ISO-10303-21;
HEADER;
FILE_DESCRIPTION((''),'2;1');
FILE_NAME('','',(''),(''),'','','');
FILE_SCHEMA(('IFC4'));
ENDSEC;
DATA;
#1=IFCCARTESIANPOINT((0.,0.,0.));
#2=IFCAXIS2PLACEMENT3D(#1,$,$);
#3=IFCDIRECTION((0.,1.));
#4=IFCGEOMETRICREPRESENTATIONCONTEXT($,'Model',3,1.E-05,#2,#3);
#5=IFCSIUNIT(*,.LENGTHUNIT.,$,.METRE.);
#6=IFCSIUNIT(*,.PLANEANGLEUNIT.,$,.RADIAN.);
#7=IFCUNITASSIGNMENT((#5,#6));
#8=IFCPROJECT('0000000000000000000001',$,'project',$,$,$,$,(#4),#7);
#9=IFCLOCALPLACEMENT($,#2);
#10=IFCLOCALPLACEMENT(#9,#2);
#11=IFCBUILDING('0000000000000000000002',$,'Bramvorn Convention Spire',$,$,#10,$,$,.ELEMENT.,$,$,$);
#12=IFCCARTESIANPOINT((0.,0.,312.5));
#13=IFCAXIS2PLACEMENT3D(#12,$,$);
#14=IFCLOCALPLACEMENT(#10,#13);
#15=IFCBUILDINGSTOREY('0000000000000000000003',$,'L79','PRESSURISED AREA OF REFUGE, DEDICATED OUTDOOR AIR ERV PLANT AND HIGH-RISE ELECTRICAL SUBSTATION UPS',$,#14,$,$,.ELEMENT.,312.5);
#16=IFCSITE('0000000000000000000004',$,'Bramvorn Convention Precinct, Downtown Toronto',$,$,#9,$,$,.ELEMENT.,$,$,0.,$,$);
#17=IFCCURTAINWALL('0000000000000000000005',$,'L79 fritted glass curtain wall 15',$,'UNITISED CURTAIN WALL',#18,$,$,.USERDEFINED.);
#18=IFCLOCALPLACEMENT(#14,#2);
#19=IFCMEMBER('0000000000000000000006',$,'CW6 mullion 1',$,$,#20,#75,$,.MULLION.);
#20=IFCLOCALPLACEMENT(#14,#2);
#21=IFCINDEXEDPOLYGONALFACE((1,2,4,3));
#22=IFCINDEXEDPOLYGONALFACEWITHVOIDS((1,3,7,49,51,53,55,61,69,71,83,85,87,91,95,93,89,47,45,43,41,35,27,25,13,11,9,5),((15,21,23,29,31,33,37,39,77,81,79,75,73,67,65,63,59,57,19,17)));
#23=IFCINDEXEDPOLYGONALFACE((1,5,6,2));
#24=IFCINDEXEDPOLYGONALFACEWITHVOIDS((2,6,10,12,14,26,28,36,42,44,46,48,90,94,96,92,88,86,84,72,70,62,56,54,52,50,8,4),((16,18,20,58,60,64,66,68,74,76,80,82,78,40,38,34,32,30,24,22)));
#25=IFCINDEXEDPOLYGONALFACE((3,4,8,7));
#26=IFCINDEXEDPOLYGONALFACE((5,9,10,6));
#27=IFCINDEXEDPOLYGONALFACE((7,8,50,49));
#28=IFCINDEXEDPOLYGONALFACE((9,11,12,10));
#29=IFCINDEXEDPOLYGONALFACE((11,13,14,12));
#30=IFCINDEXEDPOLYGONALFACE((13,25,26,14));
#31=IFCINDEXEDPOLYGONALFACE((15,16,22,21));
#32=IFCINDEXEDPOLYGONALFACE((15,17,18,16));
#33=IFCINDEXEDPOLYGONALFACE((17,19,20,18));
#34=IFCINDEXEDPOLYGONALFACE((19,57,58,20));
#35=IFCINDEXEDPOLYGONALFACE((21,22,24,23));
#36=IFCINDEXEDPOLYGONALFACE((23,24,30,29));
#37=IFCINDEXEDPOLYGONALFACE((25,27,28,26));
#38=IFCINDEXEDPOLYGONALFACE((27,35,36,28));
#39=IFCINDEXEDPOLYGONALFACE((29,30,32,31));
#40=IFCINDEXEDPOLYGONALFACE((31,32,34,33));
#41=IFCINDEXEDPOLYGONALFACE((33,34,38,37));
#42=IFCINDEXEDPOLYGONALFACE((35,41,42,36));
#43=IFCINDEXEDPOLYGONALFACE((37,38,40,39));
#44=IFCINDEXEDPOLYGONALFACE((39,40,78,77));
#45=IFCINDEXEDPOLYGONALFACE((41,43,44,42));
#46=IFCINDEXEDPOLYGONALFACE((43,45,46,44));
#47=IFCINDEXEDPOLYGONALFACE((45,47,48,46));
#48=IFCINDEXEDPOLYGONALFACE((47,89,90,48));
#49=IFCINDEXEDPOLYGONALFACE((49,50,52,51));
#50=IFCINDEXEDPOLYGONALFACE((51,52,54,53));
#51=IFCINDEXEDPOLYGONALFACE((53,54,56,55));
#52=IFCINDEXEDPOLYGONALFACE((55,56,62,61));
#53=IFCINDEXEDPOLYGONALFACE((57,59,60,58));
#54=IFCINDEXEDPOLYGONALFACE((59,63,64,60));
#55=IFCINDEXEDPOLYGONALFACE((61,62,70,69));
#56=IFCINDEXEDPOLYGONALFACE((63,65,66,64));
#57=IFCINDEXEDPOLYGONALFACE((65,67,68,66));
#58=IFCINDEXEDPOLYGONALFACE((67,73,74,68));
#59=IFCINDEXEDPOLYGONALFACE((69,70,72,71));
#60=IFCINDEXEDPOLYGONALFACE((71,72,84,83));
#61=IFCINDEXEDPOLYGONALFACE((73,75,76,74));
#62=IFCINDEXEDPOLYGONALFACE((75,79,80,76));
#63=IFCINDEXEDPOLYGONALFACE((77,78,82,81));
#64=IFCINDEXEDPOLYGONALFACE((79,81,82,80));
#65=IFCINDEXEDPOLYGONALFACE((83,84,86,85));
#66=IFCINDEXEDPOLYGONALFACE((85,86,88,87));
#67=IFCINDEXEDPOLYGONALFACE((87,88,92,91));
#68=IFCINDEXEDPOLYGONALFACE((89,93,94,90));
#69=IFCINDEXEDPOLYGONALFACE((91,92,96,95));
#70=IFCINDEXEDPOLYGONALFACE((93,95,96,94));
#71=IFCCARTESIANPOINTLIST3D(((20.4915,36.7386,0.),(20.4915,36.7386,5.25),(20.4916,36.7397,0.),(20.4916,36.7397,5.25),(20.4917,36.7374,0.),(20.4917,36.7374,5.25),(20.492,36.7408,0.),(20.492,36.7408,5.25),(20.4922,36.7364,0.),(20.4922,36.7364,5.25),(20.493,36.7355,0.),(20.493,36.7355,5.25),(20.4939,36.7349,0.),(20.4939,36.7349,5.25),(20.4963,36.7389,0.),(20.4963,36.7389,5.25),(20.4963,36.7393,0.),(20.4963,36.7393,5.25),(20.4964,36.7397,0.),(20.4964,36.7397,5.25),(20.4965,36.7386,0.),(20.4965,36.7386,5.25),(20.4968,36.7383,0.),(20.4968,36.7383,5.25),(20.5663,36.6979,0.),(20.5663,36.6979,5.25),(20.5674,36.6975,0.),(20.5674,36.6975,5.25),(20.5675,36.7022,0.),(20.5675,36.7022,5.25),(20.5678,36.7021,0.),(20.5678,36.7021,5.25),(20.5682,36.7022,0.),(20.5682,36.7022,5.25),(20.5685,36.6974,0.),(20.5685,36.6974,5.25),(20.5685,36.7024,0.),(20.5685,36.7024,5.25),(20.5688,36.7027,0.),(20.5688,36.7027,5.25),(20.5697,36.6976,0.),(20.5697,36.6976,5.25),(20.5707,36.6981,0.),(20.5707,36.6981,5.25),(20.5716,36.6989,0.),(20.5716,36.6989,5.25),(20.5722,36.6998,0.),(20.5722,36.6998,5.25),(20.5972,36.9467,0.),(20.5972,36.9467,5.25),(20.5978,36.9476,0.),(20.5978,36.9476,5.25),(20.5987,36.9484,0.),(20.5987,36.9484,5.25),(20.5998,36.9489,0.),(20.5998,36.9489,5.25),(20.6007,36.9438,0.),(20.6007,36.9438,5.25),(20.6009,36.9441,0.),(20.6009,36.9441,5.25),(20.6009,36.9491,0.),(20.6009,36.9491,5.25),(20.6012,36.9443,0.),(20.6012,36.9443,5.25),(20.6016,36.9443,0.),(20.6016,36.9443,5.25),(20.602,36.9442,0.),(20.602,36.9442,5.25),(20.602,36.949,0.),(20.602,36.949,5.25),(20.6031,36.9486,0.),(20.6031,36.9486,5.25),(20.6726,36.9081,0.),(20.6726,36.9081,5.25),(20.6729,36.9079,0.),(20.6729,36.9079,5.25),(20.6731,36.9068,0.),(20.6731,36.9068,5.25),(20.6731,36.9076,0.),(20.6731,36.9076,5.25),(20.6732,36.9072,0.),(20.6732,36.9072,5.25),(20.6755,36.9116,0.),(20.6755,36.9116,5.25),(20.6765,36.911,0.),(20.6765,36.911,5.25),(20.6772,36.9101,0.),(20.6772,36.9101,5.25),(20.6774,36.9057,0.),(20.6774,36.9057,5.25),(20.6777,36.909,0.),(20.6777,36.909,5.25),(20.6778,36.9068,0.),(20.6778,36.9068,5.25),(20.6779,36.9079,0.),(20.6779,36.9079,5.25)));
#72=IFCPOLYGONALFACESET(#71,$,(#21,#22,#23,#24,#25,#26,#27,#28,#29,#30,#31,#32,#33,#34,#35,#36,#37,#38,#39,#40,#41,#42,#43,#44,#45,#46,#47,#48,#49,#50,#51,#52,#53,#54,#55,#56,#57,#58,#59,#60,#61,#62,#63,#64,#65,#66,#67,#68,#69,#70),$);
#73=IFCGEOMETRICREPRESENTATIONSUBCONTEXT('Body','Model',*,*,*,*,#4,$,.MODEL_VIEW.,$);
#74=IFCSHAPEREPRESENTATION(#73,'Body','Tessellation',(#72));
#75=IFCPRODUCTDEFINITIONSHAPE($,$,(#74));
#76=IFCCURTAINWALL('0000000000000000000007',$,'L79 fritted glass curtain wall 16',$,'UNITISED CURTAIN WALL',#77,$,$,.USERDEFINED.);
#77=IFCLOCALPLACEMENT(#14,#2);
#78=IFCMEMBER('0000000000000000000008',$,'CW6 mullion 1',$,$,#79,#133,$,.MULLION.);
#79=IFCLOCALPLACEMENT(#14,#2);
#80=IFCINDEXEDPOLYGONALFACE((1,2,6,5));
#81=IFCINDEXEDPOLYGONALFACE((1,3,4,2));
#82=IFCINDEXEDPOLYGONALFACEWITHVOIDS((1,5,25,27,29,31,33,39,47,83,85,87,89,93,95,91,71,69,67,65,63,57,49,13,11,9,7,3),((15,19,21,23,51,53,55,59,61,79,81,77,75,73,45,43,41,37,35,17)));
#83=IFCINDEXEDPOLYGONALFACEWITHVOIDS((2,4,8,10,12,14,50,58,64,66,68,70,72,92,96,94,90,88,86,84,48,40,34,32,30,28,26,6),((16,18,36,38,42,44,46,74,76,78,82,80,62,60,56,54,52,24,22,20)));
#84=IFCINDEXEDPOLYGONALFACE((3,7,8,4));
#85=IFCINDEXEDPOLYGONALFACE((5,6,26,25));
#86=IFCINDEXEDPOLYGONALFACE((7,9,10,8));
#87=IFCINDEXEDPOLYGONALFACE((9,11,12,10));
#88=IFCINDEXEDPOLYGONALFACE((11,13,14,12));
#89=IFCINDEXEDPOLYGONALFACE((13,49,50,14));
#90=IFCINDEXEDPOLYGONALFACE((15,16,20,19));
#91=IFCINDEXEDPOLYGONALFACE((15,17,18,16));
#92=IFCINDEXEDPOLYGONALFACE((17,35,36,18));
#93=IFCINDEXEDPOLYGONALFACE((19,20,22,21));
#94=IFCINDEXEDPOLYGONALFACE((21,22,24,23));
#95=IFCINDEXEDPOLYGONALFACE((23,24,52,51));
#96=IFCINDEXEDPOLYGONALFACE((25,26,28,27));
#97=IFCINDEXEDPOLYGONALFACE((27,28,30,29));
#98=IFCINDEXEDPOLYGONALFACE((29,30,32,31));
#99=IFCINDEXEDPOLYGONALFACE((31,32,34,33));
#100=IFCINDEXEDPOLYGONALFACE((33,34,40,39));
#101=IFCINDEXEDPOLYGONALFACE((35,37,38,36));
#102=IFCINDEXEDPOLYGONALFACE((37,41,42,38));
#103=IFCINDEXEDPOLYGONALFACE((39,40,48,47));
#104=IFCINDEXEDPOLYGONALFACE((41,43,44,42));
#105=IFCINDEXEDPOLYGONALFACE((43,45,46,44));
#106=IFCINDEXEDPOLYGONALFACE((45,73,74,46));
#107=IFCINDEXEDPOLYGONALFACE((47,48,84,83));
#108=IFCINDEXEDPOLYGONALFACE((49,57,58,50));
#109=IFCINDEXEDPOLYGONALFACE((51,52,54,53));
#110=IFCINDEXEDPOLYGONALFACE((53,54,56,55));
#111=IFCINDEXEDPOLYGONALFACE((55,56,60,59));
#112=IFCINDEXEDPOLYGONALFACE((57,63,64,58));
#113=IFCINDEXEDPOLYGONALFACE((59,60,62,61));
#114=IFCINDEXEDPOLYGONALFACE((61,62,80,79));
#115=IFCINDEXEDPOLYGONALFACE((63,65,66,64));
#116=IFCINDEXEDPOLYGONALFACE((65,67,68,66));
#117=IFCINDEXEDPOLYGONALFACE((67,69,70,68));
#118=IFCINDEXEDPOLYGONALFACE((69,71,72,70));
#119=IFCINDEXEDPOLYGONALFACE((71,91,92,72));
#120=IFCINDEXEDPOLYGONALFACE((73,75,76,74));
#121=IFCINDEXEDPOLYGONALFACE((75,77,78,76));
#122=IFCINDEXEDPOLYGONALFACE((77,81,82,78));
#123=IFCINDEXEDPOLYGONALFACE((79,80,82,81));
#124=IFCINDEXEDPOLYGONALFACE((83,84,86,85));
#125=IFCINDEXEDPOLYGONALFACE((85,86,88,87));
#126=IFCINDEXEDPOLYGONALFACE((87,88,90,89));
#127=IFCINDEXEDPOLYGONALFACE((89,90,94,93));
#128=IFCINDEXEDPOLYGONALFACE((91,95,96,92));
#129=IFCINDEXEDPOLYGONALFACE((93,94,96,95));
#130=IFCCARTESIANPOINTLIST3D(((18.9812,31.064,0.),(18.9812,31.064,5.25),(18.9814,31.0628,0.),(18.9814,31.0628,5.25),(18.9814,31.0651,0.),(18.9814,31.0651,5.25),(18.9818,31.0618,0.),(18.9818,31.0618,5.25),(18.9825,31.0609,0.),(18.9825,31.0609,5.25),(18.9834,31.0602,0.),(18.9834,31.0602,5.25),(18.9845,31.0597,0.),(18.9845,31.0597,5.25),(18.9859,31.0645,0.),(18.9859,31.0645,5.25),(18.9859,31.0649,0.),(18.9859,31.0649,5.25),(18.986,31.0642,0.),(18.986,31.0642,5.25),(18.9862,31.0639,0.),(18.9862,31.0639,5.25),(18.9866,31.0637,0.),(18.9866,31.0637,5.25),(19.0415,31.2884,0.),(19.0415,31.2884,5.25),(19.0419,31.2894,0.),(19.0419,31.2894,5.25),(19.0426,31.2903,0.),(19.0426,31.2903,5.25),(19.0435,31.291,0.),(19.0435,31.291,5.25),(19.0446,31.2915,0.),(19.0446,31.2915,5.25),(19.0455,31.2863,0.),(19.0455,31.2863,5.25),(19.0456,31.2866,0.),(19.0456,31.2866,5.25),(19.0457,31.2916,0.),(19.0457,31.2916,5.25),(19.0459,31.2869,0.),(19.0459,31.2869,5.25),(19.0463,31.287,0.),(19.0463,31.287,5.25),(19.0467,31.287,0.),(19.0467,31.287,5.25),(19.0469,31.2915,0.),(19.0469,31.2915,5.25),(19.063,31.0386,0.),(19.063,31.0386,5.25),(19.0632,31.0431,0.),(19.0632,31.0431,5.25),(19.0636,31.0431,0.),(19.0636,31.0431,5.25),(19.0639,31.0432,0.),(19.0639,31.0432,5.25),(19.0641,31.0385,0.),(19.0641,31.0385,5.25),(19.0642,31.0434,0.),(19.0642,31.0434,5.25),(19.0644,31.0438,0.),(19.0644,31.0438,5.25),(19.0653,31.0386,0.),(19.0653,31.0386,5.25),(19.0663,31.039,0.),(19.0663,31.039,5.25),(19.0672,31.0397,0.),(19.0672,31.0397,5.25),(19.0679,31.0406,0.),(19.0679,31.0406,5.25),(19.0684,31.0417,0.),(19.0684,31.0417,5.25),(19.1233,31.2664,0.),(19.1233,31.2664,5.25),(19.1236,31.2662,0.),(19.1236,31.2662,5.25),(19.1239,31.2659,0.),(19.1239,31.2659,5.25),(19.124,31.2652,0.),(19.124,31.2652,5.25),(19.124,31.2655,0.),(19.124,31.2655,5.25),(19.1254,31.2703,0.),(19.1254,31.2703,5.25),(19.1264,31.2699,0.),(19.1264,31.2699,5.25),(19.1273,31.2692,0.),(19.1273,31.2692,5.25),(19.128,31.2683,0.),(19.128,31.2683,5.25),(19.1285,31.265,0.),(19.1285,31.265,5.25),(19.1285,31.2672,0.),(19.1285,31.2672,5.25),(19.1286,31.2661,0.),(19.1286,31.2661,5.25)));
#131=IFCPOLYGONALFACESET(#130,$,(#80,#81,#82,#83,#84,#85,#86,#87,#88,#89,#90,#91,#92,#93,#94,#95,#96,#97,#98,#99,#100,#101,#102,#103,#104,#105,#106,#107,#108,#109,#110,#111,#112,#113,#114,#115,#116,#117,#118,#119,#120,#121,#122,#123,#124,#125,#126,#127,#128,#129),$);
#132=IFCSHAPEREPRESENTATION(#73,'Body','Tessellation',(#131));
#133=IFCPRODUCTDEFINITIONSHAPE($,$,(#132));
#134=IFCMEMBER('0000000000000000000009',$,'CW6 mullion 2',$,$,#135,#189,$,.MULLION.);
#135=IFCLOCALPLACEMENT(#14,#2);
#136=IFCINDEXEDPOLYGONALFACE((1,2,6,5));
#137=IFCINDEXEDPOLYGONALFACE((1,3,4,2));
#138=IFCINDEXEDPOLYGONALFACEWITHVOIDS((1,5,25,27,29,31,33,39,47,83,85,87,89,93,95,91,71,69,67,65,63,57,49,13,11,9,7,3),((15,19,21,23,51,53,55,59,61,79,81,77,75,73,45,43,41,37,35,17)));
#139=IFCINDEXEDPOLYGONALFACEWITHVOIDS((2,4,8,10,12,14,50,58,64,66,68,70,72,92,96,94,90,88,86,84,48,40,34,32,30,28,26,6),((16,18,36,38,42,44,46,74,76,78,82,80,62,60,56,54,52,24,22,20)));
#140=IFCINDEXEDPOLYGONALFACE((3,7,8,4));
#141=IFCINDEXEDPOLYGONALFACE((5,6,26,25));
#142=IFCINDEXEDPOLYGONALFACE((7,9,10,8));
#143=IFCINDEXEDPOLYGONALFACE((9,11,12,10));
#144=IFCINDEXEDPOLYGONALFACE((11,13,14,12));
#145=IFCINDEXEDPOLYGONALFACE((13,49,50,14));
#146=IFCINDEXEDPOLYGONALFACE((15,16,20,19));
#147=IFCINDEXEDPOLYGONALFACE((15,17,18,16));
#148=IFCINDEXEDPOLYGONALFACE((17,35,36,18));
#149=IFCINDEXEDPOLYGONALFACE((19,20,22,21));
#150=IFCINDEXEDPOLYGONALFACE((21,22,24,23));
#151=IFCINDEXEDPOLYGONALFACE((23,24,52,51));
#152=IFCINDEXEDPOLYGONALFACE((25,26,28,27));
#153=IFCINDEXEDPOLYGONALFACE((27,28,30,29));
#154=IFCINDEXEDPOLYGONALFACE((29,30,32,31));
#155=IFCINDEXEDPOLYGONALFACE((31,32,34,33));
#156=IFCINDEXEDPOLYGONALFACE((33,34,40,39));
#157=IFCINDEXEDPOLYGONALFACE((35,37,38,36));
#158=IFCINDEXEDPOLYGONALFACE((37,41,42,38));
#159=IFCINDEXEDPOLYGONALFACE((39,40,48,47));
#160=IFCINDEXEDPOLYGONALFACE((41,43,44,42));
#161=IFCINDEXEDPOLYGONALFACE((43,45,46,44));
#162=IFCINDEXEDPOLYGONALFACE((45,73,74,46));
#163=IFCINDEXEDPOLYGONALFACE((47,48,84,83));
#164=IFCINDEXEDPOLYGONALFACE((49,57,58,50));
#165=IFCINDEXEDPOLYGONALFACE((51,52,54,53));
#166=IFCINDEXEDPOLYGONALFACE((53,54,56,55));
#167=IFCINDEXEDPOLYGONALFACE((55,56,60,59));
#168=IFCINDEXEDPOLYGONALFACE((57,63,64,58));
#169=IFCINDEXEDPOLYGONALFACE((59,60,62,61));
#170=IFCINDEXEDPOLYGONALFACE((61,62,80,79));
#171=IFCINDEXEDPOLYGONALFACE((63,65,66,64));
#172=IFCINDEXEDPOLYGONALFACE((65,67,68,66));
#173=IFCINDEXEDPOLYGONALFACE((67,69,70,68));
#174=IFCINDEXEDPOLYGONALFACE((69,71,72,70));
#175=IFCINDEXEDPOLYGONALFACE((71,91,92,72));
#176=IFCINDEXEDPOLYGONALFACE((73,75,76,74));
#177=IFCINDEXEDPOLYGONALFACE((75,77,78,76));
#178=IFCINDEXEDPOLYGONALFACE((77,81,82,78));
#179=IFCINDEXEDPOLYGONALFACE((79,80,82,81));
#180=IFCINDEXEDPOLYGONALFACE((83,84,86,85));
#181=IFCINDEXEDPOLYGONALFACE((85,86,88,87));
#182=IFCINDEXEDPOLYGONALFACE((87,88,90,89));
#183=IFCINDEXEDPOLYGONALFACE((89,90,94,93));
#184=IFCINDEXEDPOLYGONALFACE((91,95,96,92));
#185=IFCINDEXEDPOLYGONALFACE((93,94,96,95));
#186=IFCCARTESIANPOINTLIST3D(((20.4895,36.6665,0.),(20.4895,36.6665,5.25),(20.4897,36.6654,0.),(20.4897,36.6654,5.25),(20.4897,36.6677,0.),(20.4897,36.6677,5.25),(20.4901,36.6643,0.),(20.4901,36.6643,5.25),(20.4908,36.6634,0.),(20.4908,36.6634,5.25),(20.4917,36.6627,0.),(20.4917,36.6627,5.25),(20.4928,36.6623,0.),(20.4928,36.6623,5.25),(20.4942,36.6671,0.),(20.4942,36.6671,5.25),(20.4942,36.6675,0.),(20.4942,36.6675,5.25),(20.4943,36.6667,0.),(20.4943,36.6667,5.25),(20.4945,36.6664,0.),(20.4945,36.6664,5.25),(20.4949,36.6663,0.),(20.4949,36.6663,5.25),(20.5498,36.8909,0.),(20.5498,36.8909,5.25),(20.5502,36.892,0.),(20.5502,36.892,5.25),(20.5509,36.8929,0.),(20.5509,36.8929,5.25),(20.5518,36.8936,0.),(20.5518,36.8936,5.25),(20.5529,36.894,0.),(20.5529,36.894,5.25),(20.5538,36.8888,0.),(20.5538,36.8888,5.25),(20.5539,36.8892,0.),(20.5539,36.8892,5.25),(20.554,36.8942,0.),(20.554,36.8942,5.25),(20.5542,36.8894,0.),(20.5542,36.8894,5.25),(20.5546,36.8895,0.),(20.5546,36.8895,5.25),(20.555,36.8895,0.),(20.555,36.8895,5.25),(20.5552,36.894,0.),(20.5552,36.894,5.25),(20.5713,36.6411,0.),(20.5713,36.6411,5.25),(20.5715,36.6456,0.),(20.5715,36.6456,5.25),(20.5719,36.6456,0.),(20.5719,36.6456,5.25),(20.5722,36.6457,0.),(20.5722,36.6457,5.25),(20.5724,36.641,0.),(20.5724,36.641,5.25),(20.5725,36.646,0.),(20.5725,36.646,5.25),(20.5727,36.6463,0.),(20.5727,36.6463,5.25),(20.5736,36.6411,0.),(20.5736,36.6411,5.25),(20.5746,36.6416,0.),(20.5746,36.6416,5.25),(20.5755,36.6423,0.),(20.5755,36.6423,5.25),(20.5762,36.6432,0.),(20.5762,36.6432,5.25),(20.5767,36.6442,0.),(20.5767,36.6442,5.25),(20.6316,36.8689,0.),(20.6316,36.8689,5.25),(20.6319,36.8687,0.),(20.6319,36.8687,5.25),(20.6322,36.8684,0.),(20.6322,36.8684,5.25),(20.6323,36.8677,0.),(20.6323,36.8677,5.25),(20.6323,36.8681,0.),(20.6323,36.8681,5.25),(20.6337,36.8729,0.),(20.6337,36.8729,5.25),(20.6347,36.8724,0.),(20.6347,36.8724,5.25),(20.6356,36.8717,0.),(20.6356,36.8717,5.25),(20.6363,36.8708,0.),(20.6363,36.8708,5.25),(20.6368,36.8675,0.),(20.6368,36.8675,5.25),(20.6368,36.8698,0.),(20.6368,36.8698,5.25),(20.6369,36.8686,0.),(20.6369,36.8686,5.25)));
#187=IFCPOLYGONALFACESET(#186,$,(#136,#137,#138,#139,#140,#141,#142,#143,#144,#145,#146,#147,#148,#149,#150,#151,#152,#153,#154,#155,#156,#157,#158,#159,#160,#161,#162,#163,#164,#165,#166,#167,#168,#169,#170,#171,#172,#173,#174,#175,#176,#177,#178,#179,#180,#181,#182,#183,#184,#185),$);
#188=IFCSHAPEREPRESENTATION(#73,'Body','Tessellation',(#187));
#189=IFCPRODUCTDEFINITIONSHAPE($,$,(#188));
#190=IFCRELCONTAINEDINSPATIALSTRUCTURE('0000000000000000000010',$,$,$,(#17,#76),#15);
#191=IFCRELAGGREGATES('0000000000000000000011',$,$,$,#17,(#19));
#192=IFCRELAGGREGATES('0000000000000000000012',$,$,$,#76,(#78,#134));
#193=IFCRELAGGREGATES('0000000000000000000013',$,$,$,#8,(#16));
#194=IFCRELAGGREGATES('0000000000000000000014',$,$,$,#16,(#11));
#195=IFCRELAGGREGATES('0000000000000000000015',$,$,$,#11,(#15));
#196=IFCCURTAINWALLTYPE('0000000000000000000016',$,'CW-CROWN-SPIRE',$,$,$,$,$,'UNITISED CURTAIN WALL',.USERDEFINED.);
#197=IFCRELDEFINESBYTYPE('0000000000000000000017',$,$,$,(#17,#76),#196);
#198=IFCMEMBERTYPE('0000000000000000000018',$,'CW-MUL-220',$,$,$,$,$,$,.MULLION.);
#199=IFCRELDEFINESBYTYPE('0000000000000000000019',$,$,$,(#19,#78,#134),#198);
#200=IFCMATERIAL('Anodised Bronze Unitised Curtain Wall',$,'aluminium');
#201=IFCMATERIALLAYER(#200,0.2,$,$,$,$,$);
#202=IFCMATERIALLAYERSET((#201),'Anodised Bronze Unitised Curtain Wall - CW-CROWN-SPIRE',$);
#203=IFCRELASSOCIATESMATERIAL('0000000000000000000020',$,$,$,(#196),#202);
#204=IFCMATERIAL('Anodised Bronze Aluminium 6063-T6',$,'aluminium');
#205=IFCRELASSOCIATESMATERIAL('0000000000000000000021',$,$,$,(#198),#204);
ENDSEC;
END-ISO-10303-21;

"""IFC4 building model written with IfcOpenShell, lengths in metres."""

from ifc_helpers import new_model, si_unit, direction, frame, origin, origin_2d, place, context, subcontext, project, spatial, hollow_rectangle, extrude, material, layer, layer_set, material_profile, profile_set, type_object, element, aggregate, save


model = new_model("IFC4")

# Units and contexts
model_context = context("Model", 3, precision=1e-05, world=origin(), true_north=direction((0.0, 1.0)))
body_context = subcontext(model_context, "Body", "Model", "MODEL_VIEW")
ifc_project = project(units=[si_unit("LENGTHUNIT", "METRE"), si_unit("PLANEANGLEUNIT", "RADIAN")], contexts=[model_context])

# Site, building, storey
site_placement = place(None, origin())
site = spatial("IfcSite", under=ifc_project, at=site_placement, Name="Bramvorn Convention Precinct, Downtown Toronto", CompositionType="ELEMENT", RefElevation=0.0)
building_placement = place(site_placement, origin())
building = spatial("IfcBuilding", under=site, at=building_placement, Name="Bramvorn Convention Spire", CompositionType="ELEMENT")
storey_placement = place(building_placement, frame((0.0, 0.0, 312.5)))
storey = spatial("IfcBuildingStorey", under=building, at=storey_placement, Name="L79", Description="PRESSURISED AREA OF REFUGE, DEDICATED OUTDOOR AIR ERV PLANT AND HIGH-RISE ELECTRICAL SUBSTATION UPS", CompositionType="ELEMENT", Elevation=312.5)

# Curtain wall, member
ifc_material_1 = material(Name="Anodised Bronze Unitised Curtain Wall", Category="aluminium")
ifc_layer_1 = layer(ifc_material_1, 0.2)
ifc_layer_set_1 = layer_set([ifc_layer_1], Name="Anodised Bronze Unitised Curtain Wall - CW-CROWN-SPIRE")
curtain_wall_type = type_object("IfcCurtainWallType", Name="CW-CROWN-SPIRE", ElementType="UNITISED CURTAIN WALL", PredefinedType="USERDEFINED", material=ifc_layer_set_1)
curtain_wall_1_placement = place(storey_placement, origin())
curtain_wall_1 = element("IfcCurtainWall", 1, at=curtain_wall_1_placement, inside=storey, type_object=curtain_wall_type, Name="L79 fritted glass curtain wall 15", ObjectType="UNITISED CURTAIN WALL", PredefinedType="USERDEFINED")
ifc_material_2 = material(Name="Anodised Bronze Aluminium 6063-T6", Category="aluminium")
ifc_material_profile_1 = material_profile(ifc_material_2, hollow_rectangle(XDim=0.0901, YDim=0.24, WallThickness=0.0044, InnerFilletRadius=0.001, OuterFilletRadius=0.0044, at=origin_2d()))
ifc_profile_set_1 = profile_set([ifc_material_profile_1], Name="Anodised Bronze Aluminium 6063-T6 - CWM90X240")
member_type_1 = type_object("IfcMemberType", Name="CW-MUL-220", PredefinedType="MULLION", material=ifc_profile_set_1)
member_1_placement = place(storey_placement, frame((20.5847, 36.8232, 0.0), z_axis=(0.0, 0.0, 1.0), x_axis=(-0.89051, 0.454964, 0.0)))
member_1 = element("IfcMember", 2, at=member_1_placement, type_object=member_type_1, Name="CW6 mullion 1", PredefinedType="MULLION", context=body_context, shape_type="SweptSolid", body=[
    extrude(hollow_rectangle(XDim=0.0901, YDim=0.24, WallThickness=0.0044, InnerFilletRadius=0.001, OuterFilletRadius=0.0044, at=origin_2d()), origin(), (0.0, 0.0, 1.0), 5.25),
])

# Curtain wall, members
curtain_wall_2_placement = place(storey_placement, origin())
curtain_wall_2 = element("IfcCurtainWall", 3, at=curtain_wall_2_placement, inside=storey, type_object=curtain_wall_type, Name="L79 fritted glass curtain wall 16", ObjectType="UNITISED CURTAIN WALL", PredefinedType="USERDEFINED")
member_2_placement = place(storey_placement, frame((19.0549, 31.165, 0.0), z_axis=(0.0, 0.0, 1.0), x_axis=(-0.965618, 0.259965, 0.0)))
member_2 = element("IfcMember", 4, at=member_2_placement, type_object=member_type_1, Name="CW6 mullion 1", PredefinedType="MULLION", context=body_context, shape_type="SweptSolid", body=[
    extrude(hollow_rectangle(XDim=0.0901, YDim=0.24, WallThickness=0.0044, InnerFilletRadius=0.001, OuterFilletRadius=0.0044, at=origin_2d()), origin(), (0.0, 0.0, 1.0), 5.25),
])
member_3_placement = place(storey_placement, frame((20.5632, 36.7676, 0.0), z_axis=(0.0, 0.0, 1.0), x_axis=(-0.965618, 0.259965, 0.0)))
member_3 = element("IfcMember", 5, at=member_3_placement, type_object=member_type_1, Name="CW6 mullion 2", PredefinedType="MULLION", context=body_context, shape_type="SweptSolid", body=[
    extrude(hollow_rectangle(XDim=0.0901, YDim=0.24, WallThickness=0.0044, InnerFilletRadius=0.001, OuterFilletRadius=0.0044, at=origin_2d()), origin(), (0.0, 0.0, 1.0), 5.25),
])

aggregate(curtain_wall_1, [member_1])

aggregate(curtain_wall_2, [member_2, member_3])

save(model, "model.ifc")
